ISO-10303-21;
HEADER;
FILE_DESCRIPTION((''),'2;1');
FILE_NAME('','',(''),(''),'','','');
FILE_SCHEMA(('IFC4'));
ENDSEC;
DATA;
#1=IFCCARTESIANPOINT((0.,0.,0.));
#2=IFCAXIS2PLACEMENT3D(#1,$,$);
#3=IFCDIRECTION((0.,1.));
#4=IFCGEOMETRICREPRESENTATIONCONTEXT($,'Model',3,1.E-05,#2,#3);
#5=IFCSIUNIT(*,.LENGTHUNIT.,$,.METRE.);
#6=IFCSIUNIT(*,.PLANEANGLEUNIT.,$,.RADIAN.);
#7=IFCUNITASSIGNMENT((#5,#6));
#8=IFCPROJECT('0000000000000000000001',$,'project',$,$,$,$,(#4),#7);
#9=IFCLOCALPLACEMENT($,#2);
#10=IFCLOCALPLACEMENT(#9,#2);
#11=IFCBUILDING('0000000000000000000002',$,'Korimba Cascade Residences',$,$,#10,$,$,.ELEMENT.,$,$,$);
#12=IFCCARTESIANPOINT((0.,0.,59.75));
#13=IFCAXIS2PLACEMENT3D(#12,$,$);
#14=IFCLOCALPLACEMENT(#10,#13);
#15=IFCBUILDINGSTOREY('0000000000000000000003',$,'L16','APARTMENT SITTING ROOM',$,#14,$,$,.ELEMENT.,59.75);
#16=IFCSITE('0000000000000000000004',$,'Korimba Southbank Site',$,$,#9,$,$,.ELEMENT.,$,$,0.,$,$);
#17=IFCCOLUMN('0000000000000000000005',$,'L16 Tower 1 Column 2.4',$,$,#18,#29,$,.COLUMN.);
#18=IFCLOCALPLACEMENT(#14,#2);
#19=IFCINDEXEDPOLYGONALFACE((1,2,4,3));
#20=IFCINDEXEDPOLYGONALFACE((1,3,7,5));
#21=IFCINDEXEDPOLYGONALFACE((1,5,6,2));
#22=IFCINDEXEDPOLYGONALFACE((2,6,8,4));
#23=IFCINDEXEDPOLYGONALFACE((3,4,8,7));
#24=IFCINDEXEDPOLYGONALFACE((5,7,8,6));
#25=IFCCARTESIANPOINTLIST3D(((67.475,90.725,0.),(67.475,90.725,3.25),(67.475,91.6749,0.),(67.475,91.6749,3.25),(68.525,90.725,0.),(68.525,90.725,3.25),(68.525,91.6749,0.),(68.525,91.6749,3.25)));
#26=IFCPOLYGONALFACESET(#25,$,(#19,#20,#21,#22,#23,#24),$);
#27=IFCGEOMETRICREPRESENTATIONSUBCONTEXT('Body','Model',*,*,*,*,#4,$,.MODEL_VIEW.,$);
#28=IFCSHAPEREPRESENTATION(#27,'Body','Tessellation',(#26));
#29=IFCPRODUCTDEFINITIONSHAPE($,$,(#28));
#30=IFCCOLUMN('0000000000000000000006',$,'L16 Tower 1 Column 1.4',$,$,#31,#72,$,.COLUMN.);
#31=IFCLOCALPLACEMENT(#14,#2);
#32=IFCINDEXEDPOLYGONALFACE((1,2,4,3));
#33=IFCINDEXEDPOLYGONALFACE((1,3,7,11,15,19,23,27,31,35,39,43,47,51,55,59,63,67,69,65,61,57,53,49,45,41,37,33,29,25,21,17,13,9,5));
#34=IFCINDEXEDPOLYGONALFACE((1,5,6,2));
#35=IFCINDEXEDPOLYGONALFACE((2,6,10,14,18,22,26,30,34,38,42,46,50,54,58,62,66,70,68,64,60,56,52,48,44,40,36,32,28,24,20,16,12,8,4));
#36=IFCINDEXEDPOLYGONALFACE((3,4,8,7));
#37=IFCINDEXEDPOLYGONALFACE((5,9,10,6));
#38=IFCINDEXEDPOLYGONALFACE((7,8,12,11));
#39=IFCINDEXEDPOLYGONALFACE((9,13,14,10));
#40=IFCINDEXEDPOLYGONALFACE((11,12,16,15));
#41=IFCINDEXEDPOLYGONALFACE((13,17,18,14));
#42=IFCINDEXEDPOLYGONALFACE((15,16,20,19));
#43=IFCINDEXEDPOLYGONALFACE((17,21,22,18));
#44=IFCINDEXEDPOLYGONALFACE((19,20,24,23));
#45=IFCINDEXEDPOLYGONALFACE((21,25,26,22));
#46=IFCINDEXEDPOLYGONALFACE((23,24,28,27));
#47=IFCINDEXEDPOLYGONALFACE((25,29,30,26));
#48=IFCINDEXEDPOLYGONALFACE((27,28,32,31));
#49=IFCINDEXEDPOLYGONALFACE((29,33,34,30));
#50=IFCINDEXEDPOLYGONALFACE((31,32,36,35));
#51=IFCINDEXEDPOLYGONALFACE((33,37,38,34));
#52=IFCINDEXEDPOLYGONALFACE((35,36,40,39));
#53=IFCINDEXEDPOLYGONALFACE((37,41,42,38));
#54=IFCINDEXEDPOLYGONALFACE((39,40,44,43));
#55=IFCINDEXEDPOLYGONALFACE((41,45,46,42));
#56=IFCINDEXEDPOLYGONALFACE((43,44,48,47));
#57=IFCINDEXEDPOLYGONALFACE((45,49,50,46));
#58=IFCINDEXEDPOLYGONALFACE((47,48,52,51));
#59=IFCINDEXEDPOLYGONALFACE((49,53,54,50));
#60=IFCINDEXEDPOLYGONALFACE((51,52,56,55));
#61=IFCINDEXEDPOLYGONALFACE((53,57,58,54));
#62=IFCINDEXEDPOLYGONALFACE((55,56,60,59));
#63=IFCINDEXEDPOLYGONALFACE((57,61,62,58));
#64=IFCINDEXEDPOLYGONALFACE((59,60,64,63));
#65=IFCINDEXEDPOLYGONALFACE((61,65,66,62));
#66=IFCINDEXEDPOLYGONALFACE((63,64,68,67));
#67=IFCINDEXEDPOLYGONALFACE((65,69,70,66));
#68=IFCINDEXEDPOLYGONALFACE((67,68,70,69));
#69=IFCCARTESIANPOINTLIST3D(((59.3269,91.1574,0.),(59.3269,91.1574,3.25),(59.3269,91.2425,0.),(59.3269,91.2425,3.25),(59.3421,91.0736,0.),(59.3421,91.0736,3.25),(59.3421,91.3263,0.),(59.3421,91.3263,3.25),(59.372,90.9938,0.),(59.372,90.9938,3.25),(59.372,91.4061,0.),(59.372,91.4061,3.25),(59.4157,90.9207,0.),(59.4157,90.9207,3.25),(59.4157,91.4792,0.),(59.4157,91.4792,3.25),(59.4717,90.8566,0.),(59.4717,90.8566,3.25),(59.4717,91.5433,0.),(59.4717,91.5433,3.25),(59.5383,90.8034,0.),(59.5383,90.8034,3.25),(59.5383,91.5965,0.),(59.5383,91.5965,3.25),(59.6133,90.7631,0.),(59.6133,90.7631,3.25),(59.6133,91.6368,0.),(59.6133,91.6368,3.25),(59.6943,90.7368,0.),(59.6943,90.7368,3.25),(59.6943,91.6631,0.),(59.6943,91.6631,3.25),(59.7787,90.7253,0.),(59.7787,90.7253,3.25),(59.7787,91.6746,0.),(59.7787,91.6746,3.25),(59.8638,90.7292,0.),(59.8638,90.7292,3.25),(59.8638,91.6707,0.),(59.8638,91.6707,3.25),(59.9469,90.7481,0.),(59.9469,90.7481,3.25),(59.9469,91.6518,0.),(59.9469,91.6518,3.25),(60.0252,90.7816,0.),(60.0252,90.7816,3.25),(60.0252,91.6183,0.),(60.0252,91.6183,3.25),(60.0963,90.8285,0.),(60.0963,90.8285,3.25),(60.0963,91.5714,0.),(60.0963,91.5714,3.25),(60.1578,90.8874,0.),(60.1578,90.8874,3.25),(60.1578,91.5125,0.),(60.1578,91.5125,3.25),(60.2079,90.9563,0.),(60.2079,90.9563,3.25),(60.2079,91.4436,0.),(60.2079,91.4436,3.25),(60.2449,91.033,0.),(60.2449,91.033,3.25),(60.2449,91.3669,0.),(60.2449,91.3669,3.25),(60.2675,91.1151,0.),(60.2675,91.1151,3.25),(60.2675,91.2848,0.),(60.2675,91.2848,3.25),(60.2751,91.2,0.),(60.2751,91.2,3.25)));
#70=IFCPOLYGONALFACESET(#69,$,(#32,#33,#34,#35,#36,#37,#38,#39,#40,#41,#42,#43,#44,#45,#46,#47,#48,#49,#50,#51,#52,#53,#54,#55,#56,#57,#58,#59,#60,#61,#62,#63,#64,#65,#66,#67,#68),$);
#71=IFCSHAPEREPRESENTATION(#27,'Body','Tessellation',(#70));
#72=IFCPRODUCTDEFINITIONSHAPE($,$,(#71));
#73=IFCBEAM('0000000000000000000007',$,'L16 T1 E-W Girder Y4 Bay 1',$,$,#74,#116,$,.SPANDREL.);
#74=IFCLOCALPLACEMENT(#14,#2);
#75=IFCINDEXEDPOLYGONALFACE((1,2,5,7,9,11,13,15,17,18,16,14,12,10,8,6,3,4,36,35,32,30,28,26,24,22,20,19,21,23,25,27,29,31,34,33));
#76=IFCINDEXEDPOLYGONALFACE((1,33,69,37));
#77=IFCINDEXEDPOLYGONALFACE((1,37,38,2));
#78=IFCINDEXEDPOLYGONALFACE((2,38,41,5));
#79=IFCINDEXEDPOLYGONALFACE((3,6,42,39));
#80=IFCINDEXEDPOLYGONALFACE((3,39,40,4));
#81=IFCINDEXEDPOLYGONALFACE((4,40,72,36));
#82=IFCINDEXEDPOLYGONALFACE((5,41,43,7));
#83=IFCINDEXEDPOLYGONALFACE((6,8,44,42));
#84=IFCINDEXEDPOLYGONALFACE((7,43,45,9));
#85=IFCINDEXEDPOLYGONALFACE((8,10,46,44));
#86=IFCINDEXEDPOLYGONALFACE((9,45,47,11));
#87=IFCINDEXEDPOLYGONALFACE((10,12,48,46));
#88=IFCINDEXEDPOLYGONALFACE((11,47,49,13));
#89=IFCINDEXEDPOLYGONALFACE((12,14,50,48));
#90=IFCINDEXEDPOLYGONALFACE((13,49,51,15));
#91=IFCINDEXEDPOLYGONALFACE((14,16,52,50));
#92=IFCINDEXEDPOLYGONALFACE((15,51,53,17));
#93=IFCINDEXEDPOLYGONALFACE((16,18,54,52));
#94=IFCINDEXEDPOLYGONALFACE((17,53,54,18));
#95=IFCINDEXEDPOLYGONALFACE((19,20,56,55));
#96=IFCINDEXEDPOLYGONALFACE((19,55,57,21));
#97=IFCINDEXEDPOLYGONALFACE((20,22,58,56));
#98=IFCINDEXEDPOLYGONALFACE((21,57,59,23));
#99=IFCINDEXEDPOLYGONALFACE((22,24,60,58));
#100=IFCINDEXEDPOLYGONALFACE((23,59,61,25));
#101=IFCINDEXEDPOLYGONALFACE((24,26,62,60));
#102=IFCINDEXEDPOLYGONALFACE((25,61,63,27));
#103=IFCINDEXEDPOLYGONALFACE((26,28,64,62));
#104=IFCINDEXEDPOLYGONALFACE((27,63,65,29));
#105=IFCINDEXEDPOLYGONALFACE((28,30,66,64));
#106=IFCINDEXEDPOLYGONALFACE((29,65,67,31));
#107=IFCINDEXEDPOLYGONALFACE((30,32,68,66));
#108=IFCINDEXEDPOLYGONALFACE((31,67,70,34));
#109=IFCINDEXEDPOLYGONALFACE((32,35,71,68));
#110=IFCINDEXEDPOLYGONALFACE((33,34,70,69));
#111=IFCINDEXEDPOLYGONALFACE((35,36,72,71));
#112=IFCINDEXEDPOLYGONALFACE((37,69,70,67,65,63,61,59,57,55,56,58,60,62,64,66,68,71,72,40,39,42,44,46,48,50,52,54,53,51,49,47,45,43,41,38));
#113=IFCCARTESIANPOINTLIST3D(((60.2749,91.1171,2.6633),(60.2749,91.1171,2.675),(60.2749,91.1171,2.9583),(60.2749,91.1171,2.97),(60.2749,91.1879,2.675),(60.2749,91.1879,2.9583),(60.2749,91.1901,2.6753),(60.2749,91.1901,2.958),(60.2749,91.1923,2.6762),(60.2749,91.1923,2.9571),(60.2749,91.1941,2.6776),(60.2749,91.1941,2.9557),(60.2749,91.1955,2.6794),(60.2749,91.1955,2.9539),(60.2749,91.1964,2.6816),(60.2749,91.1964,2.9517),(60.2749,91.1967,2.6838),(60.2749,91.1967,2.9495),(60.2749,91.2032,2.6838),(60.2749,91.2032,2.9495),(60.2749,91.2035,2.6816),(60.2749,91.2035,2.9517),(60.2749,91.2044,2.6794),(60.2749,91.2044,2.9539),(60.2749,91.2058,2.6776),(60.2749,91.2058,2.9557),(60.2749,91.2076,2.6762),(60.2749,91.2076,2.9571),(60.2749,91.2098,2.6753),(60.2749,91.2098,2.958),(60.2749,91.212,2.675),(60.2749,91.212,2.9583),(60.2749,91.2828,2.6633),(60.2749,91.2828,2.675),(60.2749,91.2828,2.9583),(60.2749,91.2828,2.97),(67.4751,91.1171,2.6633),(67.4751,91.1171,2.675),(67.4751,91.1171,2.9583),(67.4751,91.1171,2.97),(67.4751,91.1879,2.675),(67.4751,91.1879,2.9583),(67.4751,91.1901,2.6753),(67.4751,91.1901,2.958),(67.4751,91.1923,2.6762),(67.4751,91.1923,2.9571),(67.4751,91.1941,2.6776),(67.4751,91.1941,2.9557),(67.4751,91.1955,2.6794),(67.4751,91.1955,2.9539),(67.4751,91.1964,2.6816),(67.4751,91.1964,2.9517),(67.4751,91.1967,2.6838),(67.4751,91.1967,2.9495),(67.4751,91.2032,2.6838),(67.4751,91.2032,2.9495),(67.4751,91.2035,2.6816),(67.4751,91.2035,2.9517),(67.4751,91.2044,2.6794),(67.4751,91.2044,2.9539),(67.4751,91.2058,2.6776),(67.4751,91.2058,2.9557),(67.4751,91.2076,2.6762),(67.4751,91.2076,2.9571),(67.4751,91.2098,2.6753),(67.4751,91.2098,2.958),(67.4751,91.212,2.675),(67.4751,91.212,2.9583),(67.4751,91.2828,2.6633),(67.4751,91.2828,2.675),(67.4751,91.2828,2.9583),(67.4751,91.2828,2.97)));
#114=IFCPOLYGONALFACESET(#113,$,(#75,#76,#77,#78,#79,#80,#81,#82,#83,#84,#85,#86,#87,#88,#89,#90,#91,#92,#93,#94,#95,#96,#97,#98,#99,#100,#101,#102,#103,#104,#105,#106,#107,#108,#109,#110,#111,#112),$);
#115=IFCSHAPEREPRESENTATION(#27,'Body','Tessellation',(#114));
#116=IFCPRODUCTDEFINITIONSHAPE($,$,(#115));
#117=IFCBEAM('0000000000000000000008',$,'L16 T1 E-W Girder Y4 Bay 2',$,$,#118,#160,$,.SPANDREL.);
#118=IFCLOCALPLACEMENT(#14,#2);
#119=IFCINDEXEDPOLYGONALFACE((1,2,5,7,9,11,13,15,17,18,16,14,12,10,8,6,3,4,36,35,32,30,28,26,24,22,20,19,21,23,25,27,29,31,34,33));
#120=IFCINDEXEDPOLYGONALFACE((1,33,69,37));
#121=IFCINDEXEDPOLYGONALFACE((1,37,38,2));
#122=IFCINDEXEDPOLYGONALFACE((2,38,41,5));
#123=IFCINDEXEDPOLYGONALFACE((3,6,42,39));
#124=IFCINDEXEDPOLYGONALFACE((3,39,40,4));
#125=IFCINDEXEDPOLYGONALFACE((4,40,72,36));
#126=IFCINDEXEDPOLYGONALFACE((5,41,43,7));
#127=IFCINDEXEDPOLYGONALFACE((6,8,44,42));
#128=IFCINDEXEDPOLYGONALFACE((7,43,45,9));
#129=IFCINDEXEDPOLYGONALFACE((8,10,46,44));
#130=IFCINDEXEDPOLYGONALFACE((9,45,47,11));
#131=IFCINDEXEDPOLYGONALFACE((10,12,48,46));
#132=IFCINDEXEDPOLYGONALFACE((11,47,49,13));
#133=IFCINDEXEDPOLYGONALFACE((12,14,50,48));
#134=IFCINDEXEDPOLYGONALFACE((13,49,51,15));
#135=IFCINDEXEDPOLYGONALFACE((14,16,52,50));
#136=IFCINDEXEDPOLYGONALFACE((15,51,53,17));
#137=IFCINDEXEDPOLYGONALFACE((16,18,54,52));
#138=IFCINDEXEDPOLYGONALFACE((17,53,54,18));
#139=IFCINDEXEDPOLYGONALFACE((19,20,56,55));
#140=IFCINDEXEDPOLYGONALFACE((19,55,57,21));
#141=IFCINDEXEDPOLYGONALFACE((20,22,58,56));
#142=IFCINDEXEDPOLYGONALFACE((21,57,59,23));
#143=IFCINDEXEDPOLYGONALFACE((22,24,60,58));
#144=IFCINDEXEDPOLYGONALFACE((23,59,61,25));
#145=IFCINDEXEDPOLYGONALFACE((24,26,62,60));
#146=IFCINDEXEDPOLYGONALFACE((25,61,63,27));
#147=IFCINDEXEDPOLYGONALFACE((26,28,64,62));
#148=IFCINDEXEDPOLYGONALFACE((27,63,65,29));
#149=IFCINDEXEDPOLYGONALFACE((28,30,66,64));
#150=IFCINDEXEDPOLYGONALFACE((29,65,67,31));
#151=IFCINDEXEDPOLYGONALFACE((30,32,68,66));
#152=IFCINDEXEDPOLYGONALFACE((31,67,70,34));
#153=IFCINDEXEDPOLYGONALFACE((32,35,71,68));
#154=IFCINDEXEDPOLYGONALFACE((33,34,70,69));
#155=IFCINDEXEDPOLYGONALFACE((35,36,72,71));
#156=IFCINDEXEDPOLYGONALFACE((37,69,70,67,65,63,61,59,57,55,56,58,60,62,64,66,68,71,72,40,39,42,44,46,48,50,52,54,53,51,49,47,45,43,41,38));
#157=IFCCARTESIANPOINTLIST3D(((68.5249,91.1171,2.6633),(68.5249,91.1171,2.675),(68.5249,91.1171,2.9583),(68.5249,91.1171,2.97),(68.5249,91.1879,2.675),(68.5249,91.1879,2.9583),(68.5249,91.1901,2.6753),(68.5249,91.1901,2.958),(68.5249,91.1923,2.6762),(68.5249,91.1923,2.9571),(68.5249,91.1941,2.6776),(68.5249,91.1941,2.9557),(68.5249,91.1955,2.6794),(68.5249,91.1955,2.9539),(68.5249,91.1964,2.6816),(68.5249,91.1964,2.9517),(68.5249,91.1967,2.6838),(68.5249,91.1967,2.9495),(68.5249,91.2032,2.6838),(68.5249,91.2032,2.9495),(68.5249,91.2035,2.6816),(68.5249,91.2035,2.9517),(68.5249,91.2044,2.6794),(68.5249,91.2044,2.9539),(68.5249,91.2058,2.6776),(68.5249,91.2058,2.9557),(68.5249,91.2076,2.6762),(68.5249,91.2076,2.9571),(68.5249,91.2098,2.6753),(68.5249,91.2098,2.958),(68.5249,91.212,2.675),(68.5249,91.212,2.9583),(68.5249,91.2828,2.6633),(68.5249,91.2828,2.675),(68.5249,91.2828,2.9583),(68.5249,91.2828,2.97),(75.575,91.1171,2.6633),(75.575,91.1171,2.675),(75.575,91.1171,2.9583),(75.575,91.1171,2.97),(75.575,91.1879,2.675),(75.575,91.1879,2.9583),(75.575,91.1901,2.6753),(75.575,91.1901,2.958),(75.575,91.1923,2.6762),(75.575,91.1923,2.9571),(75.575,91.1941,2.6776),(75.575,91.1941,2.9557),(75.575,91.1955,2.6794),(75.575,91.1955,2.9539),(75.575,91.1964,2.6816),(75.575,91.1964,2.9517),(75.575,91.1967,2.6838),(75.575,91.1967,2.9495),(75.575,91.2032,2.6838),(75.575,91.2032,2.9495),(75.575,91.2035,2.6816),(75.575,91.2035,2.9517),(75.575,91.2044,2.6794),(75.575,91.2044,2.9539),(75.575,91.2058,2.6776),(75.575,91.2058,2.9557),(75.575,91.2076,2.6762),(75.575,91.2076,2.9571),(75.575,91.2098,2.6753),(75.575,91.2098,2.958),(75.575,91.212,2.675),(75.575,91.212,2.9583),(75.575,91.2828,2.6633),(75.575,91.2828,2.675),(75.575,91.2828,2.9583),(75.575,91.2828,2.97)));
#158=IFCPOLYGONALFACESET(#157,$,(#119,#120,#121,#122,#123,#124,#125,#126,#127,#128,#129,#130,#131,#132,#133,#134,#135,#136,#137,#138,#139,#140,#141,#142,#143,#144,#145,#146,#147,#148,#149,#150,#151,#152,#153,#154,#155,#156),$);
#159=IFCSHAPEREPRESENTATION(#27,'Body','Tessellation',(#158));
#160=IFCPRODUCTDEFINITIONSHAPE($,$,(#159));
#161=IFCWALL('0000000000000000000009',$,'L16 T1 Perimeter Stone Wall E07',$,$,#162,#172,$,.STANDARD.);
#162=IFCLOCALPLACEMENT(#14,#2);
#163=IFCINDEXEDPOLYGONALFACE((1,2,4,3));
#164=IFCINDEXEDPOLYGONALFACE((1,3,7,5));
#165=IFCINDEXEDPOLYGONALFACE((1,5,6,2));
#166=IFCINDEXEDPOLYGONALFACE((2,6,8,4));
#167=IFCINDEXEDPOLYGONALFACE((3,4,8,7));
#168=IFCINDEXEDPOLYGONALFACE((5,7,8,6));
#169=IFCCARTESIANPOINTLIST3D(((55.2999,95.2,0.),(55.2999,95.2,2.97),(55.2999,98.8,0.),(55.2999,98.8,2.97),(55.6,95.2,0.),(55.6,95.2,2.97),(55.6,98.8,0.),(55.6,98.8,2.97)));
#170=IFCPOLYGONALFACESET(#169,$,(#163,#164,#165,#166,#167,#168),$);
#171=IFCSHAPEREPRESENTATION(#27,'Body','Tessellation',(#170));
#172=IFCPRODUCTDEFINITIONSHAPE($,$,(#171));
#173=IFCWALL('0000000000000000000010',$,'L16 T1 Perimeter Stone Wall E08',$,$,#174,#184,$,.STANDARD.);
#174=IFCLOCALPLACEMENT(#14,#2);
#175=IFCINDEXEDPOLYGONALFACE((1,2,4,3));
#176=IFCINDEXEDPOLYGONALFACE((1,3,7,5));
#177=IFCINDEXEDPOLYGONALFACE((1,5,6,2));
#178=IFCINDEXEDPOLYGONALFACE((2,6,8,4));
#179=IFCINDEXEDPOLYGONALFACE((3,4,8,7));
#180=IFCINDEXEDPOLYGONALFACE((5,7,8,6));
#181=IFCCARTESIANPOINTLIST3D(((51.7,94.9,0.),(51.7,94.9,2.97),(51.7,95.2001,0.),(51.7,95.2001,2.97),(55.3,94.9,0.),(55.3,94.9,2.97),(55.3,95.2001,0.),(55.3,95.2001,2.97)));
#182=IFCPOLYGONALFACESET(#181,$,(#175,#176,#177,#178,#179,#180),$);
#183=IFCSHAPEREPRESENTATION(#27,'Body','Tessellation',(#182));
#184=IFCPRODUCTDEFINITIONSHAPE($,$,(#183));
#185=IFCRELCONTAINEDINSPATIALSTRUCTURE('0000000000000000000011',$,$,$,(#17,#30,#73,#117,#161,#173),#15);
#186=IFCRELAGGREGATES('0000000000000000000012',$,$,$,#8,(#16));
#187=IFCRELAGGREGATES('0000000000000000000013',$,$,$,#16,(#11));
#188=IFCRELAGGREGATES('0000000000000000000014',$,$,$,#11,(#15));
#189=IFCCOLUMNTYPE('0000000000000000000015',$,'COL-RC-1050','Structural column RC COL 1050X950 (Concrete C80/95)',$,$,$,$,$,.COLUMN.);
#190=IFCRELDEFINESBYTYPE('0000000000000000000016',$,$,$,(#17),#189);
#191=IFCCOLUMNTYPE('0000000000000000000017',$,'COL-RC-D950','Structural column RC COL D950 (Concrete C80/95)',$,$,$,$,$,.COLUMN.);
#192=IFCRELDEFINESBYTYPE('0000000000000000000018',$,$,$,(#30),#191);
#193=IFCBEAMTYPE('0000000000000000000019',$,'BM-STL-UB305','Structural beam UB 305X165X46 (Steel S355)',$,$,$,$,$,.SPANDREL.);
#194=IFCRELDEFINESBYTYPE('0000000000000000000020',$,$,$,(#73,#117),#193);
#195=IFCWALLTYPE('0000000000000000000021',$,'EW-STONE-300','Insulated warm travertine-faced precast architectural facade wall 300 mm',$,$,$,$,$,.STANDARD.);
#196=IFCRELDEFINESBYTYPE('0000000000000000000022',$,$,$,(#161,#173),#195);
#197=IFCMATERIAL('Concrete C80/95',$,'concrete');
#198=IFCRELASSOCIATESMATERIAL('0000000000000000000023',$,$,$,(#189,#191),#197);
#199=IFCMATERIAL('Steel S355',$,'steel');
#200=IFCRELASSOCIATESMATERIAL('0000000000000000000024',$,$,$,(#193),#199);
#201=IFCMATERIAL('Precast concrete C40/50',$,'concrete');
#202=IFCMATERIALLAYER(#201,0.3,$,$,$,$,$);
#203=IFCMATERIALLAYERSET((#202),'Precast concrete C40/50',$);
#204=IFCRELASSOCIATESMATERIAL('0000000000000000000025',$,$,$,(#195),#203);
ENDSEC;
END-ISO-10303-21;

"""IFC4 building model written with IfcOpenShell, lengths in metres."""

from ifc_helpers import new_model, si_unit, direction, frame, frame_2d, origin, origin_2d, place, context, subcontext, project, spatial, rectangle, circle, i_section, extrude, material, layer, layer_set, material_profile, profile_set, type_object, element, save


model = new_model("IFC4")

# Units and contexts
model_context = context("Model", 3, precision=1e-05, world=origin(), true_north=direction((0.0, 1.0)))
body_context = subcontext(model_context, "Body", "Model", "MODEL_VIEW")
ifc_project = project(units=[si_unit("LENGTHUNIT", "METRE"), si_unit("PLANEANGLEUNIT", "RADIAN")], contexts=[model_context])

# Site, building, storey
site_placement = place(None, origin())
site = spatial("IfcSite", under=ifc_project, at=site_placement, Name="Korimba Southbank Site", CompositionType="ELEMENT", RefElevation=0.0)
building_placement = place(site_placement, origin())
building = spatial("IfcBuilding", under=site, at=building_placement, Name="Korimba Cascade Residences", CompositionType="ELEMENT")
storey_placement = place(building_placement, frame((0.0, 0.0, 59.75)))
storey = spatial("IfcBuildingStorey", under=building, at=storey_placement, Name="L16", Description="APARTMENT SITTING ROOM", CompositionType="ELEMENT", Elevation=59.75)

# Columns
ifc_material_1 = material(Name="Concrete C80/95", Category="concrete")
ifc_material_profile_1 = material_profile(ifc_material_1, rectangle(XDim=1.05, YDim=0.95, at=origin_2d()), Name="Concrete C80/95")
ifc_profile_set_1 = profile_set([ifc_material_profile_1], Name="Concrete C80/95")
column_type_1 = type_object("IfcColumnType", Name="COL-RC-1050", Description="Structural column RC COL 1050X950 (Concrete C80/95)", PredefinedType="COLUMN", material=ifc_profile_set_1)
column_1_placement = place(storey_placement, frame((68.0, 91.2, 0.0), z_axis=(0.0, 0.0, 1.0), x_axis=(1.0, 0.0, 0.0)))
element("IfcColumn", 1, at=column_1_placement, inside=storey, type_object=column_type_1, Name="L16 Tower 1 Column 2.4", PredefinedType="COLUMN", context=body_context, shape_type="SweptSolid", body=[
    extrude(rectangle(XDim=1.05, YDim=0.95, at=origin_2d()), origin(), (0.0, 0.0, 1.0), 3.25),
])
ifc_material_profile_2 = material_profile(ifc_material_1, circle(Radius=0.4751, at=origin_2d()), Name="Concrete C80/95")
ifc_profile_set_2 = profile_set([ifc_material_profile_2], Name="Concrete C80/95")
column_type_2 = type_object("IfcColumnType", Name="COL-RC-D950", Description="Structural column RC COL D950 (Concrete C80/95)", PredefinedType="COLUMN", material=ifc_profile_set_2)
column_2_placement = place(storey_placement, frame((59.8, 91.2, 0.0), z_axis=(0.0, 0.0, 1.0), x_axis=(1.0, 0.0, 0.0)))
element("IfcColumn", 2, at=column_2_placement, inside=storey, type_object=column_type_2, Name="L16 Tower 1 Column 1.4", PredefinedType="COLUMN", context=body_context, shape_type="SweptSolid", body=[
    extrude(circle(Radius=0.4751, at=origin_2d()), origin(), (0.0, 0.0, 1.0), 3.25),
])

# Beams
ifc_material_2 = material(Name="Steel S355", Category="steel")
ifc_material_profile_3 = material_profile(ifc_material_2, i_section(OverallWidth=0.1658, OverallDepth=0.3066, WebThickness=0.0066, FlangeThickness=0.0117, FilletRadius=0.0088, at=origin_2d()), Name="Steel S355")
ifc_profile_set_3 = profile_set([ifc_material_profile_3], Name="Steel S355")
beam_type = type_object("IfcBeamType", Name="BM-STL-UB305", Description="Structural beam UB 305X165X46 (Steel S355)", PredefinedType="SPANDREL", material=ifc_profile_set_3)
beam_1_placement = place(storey_placement, frame((60.2749, 91.2, 2.8167), z_axis=(1.0, 0.0, 0.0), x_axis=(0.0, 1.0, 0.0)))
element("IfcBeam", 3, at=beam_1_placement, inside=storey, type_object=beam_type, Name="L16 T1 E-W Girder Y4 Bay 1", PredefinedType="SPANDREL", context=body_context, shape_type="SweptSolid", body=[
    extrude(i_section(OverallWidth=0.1658, OverallDepth=0.3066, WebThickness=0.0066, FlangeThickness=0.0117, FilletRadius=0.0088, at=origin_2d()), origin(), (0.0, 0.0, 1.0), 7.2002),
])
beam_2_placement = place(storey_placement, frame((68.5249, 91.2, 2.8167), z_axis=(1.0, 0.0, 0.0), x_axis=(0.0, 1.0, 0.0)))
element("IfcBeam", 4, at=beam_2_placement, inside=storey, type_object=beam_type, Name="L16 T1 E-W Girder Y4 Bay 2", PredefinedType="SPANDREL", context=body_context, shape_type="SweptSolid", body=[
    extrude(i_section(OverallWidth=0.1658, OverallDepth=0.3066, WebThickness=0.0066, FlangeThickness=0.0117, FilletRadius=0.0088, at=origin_2d()), origin(), (0.0, 0.0, 1.0), 7.05),
])

# Walls
ifc_material_3 = material(Name="Precast concrete C40/50", Category="concrete")
ifc_layer_1 = layer(ifc_material_3, 0.3)
ifc_layer_set_1 = layer_set([ifc_layer_1], Name="Precast concrete C40/50")
wall_type_1 = type_object("IfcWallType", Name="EW-STONE-300", Description="Insulated warm travertine-faced precast architectural facade wall 300 mm", PredefinedType="STANDARD", material=ifc_layer_set_1)
for number, where, z_axis, x_axis, name in (
    (5, (55.45, 98.8, 0.0), (0.0, 0.0, 1.0), (0.0, -1.0, 0.0), "L16 T1 Perimeter Stone Wall E07"),
    (6, (55.3, 95.05, 0.0), (0.0, 0.0, 1.0), (-1.0, 0.0, 0.0), "L16 T1 Perimeter Stone Wall E08"),
):
    element("IfcWall", number, at=place(storey_placement, frame(where, z_axis=z_axis, x_axis=x_axis)), inside=storey, type_object=wall_type_1, Name=name, PredefinedType="STANDARD", context=body_context, shape_type="SweptSolid", body=[
        extrude(rectangle(XDim=3.6001, YDim=0.3, at=frame_2d((1.8, 0.0))), origin(), (0.0, 0.0, 1.0), 2.97),
    ])

save(model, "model.ifc")
